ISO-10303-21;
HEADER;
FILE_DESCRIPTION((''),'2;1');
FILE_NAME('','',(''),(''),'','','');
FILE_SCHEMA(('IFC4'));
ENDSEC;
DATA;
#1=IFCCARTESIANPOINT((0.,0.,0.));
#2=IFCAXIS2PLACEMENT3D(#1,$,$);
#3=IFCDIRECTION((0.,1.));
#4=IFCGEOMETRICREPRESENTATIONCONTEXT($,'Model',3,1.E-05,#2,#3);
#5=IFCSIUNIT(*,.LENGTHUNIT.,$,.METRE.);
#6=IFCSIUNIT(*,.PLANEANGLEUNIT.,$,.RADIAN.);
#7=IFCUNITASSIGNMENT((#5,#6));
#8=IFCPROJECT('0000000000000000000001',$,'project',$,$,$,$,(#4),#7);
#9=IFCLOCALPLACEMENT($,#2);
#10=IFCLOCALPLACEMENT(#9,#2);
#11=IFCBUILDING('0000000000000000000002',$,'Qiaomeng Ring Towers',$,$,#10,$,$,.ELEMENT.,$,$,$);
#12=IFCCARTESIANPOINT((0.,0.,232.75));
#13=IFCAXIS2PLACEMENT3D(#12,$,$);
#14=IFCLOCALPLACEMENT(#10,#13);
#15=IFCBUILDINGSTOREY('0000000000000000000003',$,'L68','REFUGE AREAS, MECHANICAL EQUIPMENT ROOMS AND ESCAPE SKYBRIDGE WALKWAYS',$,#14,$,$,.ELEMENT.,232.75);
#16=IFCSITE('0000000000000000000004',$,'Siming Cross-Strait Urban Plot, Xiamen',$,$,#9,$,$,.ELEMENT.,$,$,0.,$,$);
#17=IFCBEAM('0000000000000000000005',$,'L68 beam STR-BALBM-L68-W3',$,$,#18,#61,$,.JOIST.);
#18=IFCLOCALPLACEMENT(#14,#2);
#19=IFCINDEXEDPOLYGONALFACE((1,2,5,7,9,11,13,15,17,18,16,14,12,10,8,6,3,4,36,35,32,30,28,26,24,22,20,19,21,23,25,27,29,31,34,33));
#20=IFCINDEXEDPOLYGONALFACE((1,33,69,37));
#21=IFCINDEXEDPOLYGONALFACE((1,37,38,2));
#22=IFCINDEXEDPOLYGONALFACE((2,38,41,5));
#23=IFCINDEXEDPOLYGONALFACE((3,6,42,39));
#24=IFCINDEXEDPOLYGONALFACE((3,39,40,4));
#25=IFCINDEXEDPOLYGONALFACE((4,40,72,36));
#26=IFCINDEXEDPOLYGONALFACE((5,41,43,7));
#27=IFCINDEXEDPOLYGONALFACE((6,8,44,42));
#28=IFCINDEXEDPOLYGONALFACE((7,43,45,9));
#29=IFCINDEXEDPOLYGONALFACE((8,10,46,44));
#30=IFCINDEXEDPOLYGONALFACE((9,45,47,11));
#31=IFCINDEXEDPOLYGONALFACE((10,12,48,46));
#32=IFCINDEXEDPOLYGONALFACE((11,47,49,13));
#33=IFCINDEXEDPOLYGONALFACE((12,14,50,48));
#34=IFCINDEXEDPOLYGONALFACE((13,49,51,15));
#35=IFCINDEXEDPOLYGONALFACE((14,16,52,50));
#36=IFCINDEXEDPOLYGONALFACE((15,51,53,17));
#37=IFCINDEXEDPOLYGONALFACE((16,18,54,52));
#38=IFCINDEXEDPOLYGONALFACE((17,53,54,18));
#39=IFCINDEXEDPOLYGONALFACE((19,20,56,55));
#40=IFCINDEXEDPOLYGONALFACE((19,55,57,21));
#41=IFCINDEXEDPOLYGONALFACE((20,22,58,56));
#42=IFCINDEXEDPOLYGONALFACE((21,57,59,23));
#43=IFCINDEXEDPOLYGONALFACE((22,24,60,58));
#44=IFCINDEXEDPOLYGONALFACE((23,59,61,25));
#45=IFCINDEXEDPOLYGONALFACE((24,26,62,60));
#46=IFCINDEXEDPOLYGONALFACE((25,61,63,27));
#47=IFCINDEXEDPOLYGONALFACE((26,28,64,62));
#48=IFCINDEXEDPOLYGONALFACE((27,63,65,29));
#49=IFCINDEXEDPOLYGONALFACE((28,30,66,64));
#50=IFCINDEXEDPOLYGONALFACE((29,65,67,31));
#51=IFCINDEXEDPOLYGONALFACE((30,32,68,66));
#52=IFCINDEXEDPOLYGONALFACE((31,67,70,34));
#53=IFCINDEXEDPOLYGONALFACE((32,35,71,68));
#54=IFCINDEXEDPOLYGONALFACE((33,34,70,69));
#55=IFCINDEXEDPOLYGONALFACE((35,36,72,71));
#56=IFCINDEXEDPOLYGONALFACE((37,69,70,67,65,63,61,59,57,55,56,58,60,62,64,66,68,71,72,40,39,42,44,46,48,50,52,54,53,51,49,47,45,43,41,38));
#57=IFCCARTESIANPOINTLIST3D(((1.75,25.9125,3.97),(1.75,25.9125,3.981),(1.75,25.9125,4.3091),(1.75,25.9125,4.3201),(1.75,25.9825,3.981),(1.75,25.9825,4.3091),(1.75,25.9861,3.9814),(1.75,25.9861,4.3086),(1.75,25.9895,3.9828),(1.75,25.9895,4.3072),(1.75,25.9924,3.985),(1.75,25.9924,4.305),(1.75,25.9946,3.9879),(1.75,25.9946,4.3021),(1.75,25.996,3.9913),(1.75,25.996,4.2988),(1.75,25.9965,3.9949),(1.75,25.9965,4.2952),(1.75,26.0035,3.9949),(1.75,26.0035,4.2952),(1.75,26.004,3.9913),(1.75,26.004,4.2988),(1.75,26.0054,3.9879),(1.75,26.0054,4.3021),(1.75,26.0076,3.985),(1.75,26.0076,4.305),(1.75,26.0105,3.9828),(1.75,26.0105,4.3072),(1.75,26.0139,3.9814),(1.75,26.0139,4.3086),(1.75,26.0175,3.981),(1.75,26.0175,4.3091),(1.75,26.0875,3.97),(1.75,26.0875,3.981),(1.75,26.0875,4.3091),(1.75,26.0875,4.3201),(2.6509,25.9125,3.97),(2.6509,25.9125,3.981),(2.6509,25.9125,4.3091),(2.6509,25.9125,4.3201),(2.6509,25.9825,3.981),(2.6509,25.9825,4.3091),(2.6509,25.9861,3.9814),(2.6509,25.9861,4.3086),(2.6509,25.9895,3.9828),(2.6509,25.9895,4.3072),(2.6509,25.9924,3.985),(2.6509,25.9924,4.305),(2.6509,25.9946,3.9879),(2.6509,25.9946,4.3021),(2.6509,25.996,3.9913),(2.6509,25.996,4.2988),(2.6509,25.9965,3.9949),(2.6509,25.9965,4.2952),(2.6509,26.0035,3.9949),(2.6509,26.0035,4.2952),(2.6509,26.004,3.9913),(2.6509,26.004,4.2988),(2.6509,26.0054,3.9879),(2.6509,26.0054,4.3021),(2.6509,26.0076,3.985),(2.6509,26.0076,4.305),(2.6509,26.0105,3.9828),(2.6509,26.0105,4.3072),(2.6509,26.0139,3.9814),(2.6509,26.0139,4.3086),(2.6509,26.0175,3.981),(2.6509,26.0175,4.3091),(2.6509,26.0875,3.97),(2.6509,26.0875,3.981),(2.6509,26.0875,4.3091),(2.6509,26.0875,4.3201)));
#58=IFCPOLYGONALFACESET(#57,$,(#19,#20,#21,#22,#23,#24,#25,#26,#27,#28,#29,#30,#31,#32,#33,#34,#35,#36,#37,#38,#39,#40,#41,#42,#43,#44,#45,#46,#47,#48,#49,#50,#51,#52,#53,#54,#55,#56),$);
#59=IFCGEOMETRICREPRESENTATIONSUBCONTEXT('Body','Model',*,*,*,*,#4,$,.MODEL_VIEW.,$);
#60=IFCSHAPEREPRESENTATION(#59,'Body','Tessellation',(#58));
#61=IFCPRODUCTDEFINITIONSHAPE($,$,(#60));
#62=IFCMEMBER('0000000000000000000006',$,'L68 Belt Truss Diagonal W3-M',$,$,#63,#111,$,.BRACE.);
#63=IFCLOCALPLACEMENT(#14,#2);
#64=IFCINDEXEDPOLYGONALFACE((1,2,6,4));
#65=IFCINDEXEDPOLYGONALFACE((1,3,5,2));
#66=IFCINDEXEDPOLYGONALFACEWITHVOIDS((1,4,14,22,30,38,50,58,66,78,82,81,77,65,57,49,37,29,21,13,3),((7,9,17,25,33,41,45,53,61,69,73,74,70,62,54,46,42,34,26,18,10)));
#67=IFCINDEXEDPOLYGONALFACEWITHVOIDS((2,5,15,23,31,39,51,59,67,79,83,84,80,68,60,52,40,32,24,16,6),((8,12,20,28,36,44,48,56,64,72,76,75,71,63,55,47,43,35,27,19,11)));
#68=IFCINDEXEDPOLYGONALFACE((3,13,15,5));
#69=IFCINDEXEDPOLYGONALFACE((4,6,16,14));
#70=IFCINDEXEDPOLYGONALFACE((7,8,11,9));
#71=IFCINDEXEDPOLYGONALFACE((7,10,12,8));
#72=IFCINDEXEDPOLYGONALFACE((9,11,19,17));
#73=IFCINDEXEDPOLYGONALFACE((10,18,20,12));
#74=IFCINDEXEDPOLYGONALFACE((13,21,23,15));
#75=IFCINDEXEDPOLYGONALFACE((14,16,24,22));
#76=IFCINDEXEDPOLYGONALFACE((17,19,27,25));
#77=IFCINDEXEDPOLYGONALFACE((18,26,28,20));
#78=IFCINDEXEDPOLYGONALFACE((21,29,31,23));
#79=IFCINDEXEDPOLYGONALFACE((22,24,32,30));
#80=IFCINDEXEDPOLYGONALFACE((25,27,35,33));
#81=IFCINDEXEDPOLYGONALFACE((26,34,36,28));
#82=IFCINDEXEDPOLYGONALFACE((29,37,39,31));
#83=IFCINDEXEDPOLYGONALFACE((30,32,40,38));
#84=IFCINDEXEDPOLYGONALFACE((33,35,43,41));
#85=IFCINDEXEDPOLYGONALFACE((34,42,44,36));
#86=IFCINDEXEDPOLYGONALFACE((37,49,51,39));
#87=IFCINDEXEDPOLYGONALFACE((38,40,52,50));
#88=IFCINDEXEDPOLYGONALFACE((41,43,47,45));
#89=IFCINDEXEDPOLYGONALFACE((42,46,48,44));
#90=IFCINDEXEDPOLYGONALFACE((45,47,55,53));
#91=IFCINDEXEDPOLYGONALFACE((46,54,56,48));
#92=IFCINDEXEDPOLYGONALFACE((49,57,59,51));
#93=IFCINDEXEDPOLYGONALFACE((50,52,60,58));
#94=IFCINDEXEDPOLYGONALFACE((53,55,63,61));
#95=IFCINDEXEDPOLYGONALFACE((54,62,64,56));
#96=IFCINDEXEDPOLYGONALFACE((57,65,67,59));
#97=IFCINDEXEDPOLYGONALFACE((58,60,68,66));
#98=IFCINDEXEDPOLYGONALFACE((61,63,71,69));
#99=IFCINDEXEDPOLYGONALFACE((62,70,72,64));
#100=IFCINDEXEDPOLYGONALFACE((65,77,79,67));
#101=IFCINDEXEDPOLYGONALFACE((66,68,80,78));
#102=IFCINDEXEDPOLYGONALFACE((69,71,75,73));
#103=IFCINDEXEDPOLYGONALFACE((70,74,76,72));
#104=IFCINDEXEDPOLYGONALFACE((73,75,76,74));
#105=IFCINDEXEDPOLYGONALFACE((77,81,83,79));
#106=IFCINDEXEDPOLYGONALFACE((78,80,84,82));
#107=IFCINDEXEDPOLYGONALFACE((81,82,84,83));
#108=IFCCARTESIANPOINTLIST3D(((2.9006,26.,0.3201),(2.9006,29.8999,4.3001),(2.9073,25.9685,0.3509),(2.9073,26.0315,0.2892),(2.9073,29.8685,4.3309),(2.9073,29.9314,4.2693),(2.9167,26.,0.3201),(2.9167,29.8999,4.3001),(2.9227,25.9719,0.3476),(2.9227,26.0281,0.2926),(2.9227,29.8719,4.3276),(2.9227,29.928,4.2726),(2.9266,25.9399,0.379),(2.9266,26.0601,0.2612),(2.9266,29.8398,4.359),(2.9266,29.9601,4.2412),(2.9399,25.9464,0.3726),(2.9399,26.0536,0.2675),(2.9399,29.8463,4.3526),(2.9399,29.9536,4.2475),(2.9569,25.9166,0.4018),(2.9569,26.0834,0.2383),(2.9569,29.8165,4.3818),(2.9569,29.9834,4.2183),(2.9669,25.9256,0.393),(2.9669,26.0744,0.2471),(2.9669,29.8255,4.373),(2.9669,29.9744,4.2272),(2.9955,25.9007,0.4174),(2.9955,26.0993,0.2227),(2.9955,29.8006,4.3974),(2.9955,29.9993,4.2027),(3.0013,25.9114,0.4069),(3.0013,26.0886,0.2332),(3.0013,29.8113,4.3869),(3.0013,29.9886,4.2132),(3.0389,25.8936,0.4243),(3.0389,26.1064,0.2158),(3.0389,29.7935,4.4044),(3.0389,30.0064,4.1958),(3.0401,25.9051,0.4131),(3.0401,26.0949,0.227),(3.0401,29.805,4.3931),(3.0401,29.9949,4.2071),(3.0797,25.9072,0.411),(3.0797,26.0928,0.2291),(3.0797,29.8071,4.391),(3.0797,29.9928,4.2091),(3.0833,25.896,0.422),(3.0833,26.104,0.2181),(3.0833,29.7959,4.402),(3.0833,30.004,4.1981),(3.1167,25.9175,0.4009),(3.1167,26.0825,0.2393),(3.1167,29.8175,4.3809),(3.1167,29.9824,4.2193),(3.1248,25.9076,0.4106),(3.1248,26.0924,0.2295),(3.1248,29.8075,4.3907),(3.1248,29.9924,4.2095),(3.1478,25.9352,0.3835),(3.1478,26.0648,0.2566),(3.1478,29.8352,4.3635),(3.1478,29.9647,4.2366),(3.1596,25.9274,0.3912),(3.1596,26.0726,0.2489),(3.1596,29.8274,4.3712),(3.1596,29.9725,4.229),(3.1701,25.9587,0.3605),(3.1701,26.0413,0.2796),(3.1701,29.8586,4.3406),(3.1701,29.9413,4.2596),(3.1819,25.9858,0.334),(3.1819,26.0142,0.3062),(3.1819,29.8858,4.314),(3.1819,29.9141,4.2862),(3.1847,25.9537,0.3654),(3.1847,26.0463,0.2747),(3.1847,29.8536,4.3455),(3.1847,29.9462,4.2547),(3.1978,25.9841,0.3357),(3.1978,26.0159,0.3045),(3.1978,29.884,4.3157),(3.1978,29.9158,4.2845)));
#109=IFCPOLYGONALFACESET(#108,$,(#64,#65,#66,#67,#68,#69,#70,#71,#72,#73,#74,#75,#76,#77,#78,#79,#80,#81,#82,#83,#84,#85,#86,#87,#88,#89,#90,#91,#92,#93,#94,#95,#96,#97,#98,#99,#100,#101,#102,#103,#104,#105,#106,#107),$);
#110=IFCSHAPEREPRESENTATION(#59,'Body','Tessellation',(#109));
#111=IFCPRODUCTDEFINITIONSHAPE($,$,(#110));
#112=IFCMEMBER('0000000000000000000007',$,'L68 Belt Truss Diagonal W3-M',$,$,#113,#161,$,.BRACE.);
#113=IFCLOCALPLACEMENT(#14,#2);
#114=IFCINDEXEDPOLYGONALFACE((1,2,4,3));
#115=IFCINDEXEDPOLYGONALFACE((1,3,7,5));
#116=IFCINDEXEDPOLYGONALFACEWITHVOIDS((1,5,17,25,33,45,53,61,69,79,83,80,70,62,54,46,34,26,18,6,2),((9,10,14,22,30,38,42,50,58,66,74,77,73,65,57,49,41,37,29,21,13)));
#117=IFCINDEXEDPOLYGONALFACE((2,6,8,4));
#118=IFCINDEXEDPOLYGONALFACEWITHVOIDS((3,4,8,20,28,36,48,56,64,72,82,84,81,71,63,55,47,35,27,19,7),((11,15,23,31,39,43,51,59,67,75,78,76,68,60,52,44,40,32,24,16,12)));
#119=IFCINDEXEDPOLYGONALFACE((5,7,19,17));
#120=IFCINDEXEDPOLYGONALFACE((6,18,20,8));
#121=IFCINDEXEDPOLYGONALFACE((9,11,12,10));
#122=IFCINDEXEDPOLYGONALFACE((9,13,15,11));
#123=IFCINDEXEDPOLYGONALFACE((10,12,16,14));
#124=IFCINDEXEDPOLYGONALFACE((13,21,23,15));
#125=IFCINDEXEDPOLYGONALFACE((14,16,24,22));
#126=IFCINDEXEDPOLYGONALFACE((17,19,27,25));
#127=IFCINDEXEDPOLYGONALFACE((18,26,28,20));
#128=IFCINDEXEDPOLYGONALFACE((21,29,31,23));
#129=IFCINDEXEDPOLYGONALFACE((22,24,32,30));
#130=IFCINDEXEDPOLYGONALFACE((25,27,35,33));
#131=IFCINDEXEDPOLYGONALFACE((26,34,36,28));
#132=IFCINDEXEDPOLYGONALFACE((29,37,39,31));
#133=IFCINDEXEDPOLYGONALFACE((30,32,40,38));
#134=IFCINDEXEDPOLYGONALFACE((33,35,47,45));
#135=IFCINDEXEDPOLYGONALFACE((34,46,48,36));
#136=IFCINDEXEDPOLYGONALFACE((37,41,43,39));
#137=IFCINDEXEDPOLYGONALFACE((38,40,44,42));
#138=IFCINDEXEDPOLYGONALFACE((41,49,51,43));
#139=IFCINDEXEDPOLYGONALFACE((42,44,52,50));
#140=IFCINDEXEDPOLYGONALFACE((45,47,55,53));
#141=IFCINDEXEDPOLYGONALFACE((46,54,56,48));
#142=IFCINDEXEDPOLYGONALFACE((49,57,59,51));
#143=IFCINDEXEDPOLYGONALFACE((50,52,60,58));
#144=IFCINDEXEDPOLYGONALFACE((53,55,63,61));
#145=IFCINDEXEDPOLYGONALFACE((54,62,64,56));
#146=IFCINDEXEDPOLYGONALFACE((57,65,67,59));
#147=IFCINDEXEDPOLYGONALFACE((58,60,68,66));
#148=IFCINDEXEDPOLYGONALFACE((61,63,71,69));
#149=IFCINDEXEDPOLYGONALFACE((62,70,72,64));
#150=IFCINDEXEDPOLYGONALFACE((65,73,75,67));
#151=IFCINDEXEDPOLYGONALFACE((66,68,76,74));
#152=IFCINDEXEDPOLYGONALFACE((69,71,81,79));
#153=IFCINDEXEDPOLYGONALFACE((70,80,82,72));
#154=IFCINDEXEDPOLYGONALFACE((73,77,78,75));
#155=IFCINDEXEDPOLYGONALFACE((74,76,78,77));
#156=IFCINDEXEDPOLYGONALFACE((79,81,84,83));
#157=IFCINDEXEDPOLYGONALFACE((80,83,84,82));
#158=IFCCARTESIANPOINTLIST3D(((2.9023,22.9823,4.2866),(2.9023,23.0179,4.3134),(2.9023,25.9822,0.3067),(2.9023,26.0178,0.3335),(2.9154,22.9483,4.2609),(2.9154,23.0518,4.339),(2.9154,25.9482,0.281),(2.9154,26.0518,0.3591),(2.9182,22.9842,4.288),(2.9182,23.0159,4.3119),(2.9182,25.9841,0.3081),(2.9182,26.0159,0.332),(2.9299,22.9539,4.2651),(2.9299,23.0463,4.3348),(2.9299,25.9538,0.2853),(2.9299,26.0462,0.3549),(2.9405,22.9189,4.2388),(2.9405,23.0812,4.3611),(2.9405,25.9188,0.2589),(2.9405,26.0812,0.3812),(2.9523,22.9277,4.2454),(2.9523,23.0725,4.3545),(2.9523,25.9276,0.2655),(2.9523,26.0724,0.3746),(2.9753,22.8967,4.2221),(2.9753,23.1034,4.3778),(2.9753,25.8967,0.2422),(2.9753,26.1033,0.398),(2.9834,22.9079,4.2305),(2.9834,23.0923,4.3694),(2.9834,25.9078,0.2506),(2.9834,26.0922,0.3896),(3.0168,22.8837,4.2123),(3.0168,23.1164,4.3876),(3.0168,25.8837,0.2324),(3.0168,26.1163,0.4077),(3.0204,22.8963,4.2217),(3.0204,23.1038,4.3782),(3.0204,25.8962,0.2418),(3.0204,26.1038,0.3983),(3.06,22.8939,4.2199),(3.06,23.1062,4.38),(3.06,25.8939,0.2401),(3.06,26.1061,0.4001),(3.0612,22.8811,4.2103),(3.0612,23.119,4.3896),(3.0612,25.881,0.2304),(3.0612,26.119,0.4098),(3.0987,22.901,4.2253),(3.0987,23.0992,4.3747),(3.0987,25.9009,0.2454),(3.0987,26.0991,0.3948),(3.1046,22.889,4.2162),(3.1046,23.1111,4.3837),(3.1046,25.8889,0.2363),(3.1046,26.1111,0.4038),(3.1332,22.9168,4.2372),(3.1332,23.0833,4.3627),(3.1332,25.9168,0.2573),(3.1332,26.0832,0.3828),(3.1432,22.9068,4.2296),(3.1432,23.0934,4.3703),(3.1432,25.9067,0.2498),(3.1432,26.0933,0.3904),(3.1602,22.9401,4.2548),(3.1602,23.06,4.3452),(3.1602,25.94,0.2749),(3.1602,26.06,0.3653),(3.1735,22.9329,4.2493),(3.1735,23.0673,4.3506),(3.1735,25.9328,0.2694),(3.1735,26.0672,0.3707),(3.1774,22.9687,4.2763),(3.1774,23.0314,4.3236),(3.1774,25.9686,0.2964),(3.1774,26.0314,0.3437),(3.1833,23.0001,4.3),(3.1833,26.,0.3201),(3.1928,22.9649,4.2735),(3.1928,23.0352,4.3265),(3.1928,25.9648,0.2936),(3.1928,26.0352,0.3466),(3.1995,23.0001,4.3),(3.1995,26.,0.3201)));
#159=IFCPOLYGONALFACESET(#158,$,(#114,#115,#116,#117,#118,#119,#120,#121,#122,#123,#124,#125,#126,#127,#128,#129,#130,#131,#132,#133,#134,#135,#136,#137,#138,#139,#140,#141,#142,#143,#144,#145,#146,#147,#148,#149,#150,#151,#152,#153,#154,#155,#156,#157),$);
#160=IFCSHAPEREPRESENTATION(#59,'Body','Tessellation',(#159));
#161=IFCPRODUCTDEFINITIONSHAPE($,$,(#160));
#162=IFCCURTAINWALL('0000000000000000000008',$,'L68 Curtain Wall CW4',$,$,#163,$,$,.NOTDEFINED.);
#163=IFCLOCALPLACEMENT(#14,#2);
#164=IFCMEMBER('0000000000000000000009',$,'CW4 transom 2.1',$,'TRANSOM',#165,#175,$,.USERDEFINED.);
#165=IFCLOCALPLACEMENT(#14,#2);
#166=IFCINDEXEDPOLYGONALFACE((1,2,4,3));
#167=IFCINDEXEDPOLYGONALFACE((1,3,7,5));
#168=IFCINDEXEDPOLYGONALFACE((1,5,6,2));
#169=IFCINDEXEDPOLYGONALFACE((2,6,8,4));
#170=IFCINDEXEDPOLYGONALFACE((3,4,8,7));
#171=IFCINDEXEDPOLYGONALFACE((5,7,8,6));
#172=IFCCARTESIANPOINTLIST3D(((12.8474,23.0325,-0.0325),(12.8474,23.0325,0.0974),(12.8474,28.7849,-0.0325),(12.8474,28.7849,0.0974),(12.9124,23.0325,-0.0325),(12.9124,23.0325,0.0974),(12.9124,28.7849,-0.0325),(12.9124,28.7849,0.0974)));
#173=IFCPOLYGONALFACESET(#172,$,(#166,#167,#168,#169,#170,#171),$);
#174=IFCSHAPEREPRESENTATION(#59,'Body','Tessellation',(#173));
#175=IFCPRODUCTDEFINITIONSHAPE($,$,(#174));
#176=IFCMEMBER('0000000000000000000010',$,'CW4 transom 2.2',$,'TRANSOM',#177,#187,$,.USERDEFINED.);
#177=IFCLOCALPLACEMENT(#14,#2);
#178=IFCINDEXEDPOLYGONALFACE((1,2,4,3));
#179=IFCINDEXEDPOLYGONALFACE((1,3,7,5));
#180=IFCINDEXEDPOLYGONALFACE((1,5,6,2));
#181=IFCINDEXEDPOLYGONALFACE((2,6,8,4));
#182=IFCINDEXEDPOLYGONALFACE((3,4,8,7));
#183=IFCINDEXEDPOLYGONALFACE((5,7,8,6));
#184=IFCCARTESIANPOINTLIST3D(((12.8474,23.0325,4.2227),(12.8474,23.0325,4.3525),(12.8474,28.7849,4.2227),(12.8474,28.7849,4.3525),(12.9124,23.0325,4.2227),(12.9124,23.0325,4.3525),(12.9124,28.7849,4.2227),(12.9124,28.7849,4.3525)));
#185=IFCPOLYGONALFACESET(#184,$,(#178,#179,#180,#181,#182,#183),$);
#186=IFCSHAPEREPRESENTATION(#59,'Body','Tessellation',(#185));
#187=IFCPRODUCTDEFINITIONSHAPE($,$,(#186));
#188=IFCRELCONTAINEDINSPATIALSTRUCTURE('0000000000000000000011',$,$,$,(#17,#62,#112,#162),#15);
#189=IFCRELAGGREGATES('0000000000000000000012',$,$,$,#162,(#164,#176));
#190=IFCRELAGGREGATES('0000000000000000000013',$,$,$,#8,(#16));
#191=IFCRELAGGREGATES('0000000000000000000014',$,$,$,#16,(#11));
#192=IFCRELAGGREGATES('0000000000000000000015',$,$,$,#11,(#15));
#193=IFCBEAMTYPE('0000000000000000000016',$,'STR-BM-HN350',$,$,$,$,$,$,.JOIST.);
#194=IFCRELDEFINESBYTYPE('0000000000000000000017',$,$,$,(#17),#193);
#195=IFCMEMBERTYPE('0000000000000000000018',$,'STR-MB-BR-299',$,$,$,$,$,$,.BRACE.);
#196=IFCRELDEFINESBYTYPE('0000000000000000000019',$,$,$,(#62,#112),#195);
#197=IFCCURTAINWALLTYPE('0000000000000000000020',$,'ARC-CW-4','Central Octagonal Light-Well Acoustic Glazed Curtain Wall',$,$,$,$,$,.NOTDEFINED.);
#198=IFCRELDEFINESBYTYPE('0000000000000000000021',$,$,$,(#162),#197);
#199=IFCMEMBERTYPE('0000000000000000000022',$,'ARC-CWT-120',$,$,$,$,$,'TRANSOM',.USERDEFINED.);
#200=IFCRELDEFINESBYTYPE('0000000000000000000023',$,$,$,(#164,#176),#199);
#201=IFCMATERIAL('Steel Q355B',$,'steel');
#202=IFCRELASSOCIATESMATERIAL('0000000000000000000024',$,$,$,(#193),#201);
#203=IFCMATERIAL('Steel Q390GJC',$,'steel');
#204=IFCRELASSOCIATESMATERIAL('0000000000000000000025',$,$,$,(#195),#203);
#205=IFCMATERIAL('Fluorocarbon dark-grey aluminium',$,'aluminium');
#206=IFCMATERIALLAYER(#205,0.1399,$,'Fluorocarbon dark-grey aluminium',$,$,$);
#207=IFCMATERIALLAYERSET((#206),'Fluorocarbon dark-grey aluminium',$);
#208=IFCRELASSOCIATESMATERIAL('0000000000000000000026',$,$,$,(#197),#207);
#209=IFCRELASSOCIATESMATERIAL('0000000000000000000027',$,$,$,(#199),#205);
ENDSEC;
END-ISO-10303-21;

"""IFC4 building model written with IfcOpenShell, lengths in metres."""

from ifc_helpers import new_model, si_unit, direction, frame, origin, origin_2d, place, context, subcontext, project, spatial, rectangle, hollow_circle, i_section, extrude, source, transform, mapped, material, layer, layer_set, material_profile, profile_set, type_object, element, aggregate, save


model = new_model("IFC4")

# Units and contexts
model_context = context("Model", 3, precision=1e-05, world=origin(), true_north=direction((0.0, 1.0)))
body_context = subcontext(model_context, "Body", "Model", "MODEL_VIEW")
ifc_project = project(units=[si_unit("LENGTHUNIT", "METRE"), si_unit("PLANEANGLEUNIT", "RADIAN")], contexts=[model_context])

# Site, building, storey
site_placement = place(None, origin())
site = spatial("IfcSite", under=ifc_project, at=site_placement, Name="Siming Cross-Strait Urban Plot, Xiamen", CompositionType="ELEMENT", RefElevation=0.0)
building_placement = place(site_placement, origin())
building = spatial("IfcBuilding", under=site, at=building_placement, Name="Qiaomeng Ring Towers", CompositionType="ELEMENT")
storey_placement = place(building_placement, frame((0.0, 0.0, 232.75)))
storey = spatial("IfcBuildingStorey", under=building, at=storey_placement, Name="L68", Description="REFUGE AREAS, MECHANICAL EQUIPMENT ROOMS AND ESCAPE SKYBRIDGE WALKWAYS", CompositionType="ELEMENT", Elevation=232.75)

# Shared definitions
ifc_material_1 = material(Name="Steel Q390GJC", Category="steel")

# Beam
ifc_material_2 = material(Name="Steel Q355B", Category="steel")
ifc_material_profile_1 = material_profile(ifc_material_2, i_section(OverallWidth=0.175, OverallDepth=0.3501, WebThickness=0.0071, FlangeThickness=0.011, FilletRadius=0.0139, at=origin_2d()), Name="HN 350x175x7x11")
ifc_profile_set_1 = profile_set([ifc_material_profile_1], Name="Steel Q355B")
beam_type_1 = type_object("IfcBeamType", Name="STR-BM-HN350", PredefinedType="JOIST", material=ifc_profile_set_1)
shared_shape_1 = source(origin(), body_context, "Body", "SweptSolid", [
    extrude(i_section(OverallWidth=0.175, OverallDepth=0.3501, WebThickness=0.0071, FlangeThickness=0.011, FilletRadius=0.0139, at=origin_2d()), origin(), (0.0, 0.0, 1.0), 0.9009),
])
beam_1_placement = place(storey_placement, frame((1.75, 26.0, 4.145), z_axis=(1.0, 0.0, 0.0), x_axis=(0.0, 1.0, 0.0)))
element("IfcBeam", 1, at=beam_1_placement, inside=storey, type_object=beam_type_1, Name="L68 beam STR-BALBM-L68-W3", PredefinedType="JOIST", context=body_context, shape_type="MappedRepresentation", body=[
    mapped(shared_shape_1, transform((0.0, 0.0, 0.0), x_axis=(1.0, 0.0, 0.0), y_axis=(0.0, 1.0, 0.0), z_axis=(0.0, 0.0, 1.0), scale=1.0)),
])

# Members
ifc_material_profile_2 = material_profile(ifc_material_1, hollow_circle(Radius=0.1494, WallThickness=0.0161, at=origin_2d()), Name="CHS 299x16")
ifc_profile_set_2 = profile_set([ifc_material_profile_2], Name="Steel Q390GJC")
member_type_1 = type_object("IfcMemberType", Name="STR-MB-BR-299", PredefinedType="BRACE", material=ifc_profile_set_2)
shared_shape_2 = source(origin(), body_context, "Body", "SweptSolid", [
    extrude(hollow_circle(Radius=0.1494, WallThickness=0.0161, at=origin_2d()), origin(), (0.0, 0.0, 1.0), 5.5723),
])
member_1_placement = place(storey_placement, frame((3.05, 26.0, 0.3201), z_axis=(0.0, 0.699885, 0.714256), x_axis=(-1.0, 0.0, 0.0)))
element("IfcMember", 2, at=member_1_placement, inside=storey, type_object=member_type_1, Name="L68 Belt Truss Diagonal W3-M", PredefinedType="BRACE", context=body_context, shape_type="MappedRepresentation", body=[
    mapped(shared_shape_2, transform((0.0, 0.0, 0.0), x_axis=(1.0, 0.0, 0.0), y_axis=(0.0, 1.0, 0.0), z_axis=(0.0, 0.0, 1.0), scale=1.0)),
])
shared_shape_3 = source(origin(), body_context, "Body", "SweptSolid", [
    extrude(hollow_circle(Radius=0.1494, WallThickness=0.0161, at=origin_2d()), origin(), (0.0, 0.0, 1.0), 4.9839),
])
member_2_placement = place(storey_placement, frame((3.05, 26.0, 0.3201), z_axis=(0.0, -0.601926, 0.798552), x_axis=(1.0, 0.0, 0.0)))
element("IfcMember", 3, at=member_2_placement, inside=storey, type_object=member_type_1, Name="L68 Belt Truss Diagonal W3-M", PredefinedType="BRACE", context=body_context, shape_type="MappedRepresentation", body=[
    mapped(shared_shape_3, transform((0.0, 0.0, 0.0), x_axis=(1.0, 0.0, 0.0), y_axis=(0.0, 1.0, 0.0), z_axis=(0.0, 0.0, 1.0), scale=1.0)),
])

# Curtain wall, members
ifc_material_3 = material(Name="Fluorocarbon dark-grey aluminium", Category="aluminium")
ifc_layer_1 = layer(ifc_material_3, 0.1399, Name="Fluorocarbon dark-grey aluminium")
ifc_layer_set_1 = layer_set([ifc_layer_1], Name="Fluorocarbon dark-grey aluminium")
curtain_wall_type = type_object("IfcCurtainWallType", Name="ARC-CW-4", Description="Central Octagonal Light-Well Acoustic Glazed Curtain Wall", PredefinedType="NOTDEFINED", material=ifc_layer_set_1)
curtain_wall_placement = place(storey_placement, origin())
curtain_wall = element("IfcCurtainWall", 4, at=curtain_wall_placement, inside=storey, type_object=curtain_wall_type, Name="L68 Curtain Wall CW4", PredefinedType="NOTDEFINED")
ifc_material_profile_3 = material_profile(ifc_material_3, rectangle(XDim=0.0649, YDim=0.1299, at=origin_2d()), Name="ALU TRAN 65x130")
ifc_profile_set_3 = profile_set([ifc_material_profile_3], Name="Fluorocarbon dark-grey aluminium")
member_type_2 = type_object("IfcMemberType", Name="ARC-CWT-120", ElementType="TRANSOM", PredefinedType="USERDEFINED", material=ifc_profile_set_3)
shared_shape_4 = source(origin(), body_context, "Body", "SweptSolid", [
    extrude(rectangle(XDim=0.0649, YDim=0.1299, at=origin_2d()), origin(), (0.0, 0.0, 1.0), 5.7524),
])
member_3_placement = place(storey_placement, frame((12.8799, 23.0325, 0.0325), z_axis=(0.0, 1.0, 0.0), x_axis=(-1.0, 0.0, 0.0)))
member_3 = element("IfcMember", 5, at=member_3_placement, type_object=member_type_2, Name="CW4 transom 2.1", ObjectType="TRANSOM", PredefinedType="USERDEFINED", context=body_context, shape_type="MappedRepresentation", body=[
    mapped(shared_shape_4, transform((0.0, 0.0, 0.0), x_axis=(1.0, 0.0, 0.0), y_axis=(0.0, 1.0, 0.0), z_axis=(0.0, 0.0, 1.0), scale=1.0)),
])
member_4_placement = place(storey_placement, frame((12.8799, 23.0325, 4.2876), z_axis=(0.0, 1.0, 0.0), x_axis=(-1.0, 0.0, 0.0)))
member_4 = element("IfcMember", 6, at=member_4_placement, type_object=member_type_2, Name="CW4 transom 2.2", ObjectType="TRANSOM", PredefinedType="USERDEFINED", context=body_context, shape_type="MappedRepresentation", body=[
    mapped(shared_shape_4, transform((0.0, 0.0, 0.0), x_axis=(1.0, 0.0, 0.0), y_axis=(0.0, 1.0, 0.0), z_axis=(0.0, 0.0, 1.0), scale=1.0)),
])

aggregate(curtain_wall, [member_3, member_4])

save(model, "model.ifc")
